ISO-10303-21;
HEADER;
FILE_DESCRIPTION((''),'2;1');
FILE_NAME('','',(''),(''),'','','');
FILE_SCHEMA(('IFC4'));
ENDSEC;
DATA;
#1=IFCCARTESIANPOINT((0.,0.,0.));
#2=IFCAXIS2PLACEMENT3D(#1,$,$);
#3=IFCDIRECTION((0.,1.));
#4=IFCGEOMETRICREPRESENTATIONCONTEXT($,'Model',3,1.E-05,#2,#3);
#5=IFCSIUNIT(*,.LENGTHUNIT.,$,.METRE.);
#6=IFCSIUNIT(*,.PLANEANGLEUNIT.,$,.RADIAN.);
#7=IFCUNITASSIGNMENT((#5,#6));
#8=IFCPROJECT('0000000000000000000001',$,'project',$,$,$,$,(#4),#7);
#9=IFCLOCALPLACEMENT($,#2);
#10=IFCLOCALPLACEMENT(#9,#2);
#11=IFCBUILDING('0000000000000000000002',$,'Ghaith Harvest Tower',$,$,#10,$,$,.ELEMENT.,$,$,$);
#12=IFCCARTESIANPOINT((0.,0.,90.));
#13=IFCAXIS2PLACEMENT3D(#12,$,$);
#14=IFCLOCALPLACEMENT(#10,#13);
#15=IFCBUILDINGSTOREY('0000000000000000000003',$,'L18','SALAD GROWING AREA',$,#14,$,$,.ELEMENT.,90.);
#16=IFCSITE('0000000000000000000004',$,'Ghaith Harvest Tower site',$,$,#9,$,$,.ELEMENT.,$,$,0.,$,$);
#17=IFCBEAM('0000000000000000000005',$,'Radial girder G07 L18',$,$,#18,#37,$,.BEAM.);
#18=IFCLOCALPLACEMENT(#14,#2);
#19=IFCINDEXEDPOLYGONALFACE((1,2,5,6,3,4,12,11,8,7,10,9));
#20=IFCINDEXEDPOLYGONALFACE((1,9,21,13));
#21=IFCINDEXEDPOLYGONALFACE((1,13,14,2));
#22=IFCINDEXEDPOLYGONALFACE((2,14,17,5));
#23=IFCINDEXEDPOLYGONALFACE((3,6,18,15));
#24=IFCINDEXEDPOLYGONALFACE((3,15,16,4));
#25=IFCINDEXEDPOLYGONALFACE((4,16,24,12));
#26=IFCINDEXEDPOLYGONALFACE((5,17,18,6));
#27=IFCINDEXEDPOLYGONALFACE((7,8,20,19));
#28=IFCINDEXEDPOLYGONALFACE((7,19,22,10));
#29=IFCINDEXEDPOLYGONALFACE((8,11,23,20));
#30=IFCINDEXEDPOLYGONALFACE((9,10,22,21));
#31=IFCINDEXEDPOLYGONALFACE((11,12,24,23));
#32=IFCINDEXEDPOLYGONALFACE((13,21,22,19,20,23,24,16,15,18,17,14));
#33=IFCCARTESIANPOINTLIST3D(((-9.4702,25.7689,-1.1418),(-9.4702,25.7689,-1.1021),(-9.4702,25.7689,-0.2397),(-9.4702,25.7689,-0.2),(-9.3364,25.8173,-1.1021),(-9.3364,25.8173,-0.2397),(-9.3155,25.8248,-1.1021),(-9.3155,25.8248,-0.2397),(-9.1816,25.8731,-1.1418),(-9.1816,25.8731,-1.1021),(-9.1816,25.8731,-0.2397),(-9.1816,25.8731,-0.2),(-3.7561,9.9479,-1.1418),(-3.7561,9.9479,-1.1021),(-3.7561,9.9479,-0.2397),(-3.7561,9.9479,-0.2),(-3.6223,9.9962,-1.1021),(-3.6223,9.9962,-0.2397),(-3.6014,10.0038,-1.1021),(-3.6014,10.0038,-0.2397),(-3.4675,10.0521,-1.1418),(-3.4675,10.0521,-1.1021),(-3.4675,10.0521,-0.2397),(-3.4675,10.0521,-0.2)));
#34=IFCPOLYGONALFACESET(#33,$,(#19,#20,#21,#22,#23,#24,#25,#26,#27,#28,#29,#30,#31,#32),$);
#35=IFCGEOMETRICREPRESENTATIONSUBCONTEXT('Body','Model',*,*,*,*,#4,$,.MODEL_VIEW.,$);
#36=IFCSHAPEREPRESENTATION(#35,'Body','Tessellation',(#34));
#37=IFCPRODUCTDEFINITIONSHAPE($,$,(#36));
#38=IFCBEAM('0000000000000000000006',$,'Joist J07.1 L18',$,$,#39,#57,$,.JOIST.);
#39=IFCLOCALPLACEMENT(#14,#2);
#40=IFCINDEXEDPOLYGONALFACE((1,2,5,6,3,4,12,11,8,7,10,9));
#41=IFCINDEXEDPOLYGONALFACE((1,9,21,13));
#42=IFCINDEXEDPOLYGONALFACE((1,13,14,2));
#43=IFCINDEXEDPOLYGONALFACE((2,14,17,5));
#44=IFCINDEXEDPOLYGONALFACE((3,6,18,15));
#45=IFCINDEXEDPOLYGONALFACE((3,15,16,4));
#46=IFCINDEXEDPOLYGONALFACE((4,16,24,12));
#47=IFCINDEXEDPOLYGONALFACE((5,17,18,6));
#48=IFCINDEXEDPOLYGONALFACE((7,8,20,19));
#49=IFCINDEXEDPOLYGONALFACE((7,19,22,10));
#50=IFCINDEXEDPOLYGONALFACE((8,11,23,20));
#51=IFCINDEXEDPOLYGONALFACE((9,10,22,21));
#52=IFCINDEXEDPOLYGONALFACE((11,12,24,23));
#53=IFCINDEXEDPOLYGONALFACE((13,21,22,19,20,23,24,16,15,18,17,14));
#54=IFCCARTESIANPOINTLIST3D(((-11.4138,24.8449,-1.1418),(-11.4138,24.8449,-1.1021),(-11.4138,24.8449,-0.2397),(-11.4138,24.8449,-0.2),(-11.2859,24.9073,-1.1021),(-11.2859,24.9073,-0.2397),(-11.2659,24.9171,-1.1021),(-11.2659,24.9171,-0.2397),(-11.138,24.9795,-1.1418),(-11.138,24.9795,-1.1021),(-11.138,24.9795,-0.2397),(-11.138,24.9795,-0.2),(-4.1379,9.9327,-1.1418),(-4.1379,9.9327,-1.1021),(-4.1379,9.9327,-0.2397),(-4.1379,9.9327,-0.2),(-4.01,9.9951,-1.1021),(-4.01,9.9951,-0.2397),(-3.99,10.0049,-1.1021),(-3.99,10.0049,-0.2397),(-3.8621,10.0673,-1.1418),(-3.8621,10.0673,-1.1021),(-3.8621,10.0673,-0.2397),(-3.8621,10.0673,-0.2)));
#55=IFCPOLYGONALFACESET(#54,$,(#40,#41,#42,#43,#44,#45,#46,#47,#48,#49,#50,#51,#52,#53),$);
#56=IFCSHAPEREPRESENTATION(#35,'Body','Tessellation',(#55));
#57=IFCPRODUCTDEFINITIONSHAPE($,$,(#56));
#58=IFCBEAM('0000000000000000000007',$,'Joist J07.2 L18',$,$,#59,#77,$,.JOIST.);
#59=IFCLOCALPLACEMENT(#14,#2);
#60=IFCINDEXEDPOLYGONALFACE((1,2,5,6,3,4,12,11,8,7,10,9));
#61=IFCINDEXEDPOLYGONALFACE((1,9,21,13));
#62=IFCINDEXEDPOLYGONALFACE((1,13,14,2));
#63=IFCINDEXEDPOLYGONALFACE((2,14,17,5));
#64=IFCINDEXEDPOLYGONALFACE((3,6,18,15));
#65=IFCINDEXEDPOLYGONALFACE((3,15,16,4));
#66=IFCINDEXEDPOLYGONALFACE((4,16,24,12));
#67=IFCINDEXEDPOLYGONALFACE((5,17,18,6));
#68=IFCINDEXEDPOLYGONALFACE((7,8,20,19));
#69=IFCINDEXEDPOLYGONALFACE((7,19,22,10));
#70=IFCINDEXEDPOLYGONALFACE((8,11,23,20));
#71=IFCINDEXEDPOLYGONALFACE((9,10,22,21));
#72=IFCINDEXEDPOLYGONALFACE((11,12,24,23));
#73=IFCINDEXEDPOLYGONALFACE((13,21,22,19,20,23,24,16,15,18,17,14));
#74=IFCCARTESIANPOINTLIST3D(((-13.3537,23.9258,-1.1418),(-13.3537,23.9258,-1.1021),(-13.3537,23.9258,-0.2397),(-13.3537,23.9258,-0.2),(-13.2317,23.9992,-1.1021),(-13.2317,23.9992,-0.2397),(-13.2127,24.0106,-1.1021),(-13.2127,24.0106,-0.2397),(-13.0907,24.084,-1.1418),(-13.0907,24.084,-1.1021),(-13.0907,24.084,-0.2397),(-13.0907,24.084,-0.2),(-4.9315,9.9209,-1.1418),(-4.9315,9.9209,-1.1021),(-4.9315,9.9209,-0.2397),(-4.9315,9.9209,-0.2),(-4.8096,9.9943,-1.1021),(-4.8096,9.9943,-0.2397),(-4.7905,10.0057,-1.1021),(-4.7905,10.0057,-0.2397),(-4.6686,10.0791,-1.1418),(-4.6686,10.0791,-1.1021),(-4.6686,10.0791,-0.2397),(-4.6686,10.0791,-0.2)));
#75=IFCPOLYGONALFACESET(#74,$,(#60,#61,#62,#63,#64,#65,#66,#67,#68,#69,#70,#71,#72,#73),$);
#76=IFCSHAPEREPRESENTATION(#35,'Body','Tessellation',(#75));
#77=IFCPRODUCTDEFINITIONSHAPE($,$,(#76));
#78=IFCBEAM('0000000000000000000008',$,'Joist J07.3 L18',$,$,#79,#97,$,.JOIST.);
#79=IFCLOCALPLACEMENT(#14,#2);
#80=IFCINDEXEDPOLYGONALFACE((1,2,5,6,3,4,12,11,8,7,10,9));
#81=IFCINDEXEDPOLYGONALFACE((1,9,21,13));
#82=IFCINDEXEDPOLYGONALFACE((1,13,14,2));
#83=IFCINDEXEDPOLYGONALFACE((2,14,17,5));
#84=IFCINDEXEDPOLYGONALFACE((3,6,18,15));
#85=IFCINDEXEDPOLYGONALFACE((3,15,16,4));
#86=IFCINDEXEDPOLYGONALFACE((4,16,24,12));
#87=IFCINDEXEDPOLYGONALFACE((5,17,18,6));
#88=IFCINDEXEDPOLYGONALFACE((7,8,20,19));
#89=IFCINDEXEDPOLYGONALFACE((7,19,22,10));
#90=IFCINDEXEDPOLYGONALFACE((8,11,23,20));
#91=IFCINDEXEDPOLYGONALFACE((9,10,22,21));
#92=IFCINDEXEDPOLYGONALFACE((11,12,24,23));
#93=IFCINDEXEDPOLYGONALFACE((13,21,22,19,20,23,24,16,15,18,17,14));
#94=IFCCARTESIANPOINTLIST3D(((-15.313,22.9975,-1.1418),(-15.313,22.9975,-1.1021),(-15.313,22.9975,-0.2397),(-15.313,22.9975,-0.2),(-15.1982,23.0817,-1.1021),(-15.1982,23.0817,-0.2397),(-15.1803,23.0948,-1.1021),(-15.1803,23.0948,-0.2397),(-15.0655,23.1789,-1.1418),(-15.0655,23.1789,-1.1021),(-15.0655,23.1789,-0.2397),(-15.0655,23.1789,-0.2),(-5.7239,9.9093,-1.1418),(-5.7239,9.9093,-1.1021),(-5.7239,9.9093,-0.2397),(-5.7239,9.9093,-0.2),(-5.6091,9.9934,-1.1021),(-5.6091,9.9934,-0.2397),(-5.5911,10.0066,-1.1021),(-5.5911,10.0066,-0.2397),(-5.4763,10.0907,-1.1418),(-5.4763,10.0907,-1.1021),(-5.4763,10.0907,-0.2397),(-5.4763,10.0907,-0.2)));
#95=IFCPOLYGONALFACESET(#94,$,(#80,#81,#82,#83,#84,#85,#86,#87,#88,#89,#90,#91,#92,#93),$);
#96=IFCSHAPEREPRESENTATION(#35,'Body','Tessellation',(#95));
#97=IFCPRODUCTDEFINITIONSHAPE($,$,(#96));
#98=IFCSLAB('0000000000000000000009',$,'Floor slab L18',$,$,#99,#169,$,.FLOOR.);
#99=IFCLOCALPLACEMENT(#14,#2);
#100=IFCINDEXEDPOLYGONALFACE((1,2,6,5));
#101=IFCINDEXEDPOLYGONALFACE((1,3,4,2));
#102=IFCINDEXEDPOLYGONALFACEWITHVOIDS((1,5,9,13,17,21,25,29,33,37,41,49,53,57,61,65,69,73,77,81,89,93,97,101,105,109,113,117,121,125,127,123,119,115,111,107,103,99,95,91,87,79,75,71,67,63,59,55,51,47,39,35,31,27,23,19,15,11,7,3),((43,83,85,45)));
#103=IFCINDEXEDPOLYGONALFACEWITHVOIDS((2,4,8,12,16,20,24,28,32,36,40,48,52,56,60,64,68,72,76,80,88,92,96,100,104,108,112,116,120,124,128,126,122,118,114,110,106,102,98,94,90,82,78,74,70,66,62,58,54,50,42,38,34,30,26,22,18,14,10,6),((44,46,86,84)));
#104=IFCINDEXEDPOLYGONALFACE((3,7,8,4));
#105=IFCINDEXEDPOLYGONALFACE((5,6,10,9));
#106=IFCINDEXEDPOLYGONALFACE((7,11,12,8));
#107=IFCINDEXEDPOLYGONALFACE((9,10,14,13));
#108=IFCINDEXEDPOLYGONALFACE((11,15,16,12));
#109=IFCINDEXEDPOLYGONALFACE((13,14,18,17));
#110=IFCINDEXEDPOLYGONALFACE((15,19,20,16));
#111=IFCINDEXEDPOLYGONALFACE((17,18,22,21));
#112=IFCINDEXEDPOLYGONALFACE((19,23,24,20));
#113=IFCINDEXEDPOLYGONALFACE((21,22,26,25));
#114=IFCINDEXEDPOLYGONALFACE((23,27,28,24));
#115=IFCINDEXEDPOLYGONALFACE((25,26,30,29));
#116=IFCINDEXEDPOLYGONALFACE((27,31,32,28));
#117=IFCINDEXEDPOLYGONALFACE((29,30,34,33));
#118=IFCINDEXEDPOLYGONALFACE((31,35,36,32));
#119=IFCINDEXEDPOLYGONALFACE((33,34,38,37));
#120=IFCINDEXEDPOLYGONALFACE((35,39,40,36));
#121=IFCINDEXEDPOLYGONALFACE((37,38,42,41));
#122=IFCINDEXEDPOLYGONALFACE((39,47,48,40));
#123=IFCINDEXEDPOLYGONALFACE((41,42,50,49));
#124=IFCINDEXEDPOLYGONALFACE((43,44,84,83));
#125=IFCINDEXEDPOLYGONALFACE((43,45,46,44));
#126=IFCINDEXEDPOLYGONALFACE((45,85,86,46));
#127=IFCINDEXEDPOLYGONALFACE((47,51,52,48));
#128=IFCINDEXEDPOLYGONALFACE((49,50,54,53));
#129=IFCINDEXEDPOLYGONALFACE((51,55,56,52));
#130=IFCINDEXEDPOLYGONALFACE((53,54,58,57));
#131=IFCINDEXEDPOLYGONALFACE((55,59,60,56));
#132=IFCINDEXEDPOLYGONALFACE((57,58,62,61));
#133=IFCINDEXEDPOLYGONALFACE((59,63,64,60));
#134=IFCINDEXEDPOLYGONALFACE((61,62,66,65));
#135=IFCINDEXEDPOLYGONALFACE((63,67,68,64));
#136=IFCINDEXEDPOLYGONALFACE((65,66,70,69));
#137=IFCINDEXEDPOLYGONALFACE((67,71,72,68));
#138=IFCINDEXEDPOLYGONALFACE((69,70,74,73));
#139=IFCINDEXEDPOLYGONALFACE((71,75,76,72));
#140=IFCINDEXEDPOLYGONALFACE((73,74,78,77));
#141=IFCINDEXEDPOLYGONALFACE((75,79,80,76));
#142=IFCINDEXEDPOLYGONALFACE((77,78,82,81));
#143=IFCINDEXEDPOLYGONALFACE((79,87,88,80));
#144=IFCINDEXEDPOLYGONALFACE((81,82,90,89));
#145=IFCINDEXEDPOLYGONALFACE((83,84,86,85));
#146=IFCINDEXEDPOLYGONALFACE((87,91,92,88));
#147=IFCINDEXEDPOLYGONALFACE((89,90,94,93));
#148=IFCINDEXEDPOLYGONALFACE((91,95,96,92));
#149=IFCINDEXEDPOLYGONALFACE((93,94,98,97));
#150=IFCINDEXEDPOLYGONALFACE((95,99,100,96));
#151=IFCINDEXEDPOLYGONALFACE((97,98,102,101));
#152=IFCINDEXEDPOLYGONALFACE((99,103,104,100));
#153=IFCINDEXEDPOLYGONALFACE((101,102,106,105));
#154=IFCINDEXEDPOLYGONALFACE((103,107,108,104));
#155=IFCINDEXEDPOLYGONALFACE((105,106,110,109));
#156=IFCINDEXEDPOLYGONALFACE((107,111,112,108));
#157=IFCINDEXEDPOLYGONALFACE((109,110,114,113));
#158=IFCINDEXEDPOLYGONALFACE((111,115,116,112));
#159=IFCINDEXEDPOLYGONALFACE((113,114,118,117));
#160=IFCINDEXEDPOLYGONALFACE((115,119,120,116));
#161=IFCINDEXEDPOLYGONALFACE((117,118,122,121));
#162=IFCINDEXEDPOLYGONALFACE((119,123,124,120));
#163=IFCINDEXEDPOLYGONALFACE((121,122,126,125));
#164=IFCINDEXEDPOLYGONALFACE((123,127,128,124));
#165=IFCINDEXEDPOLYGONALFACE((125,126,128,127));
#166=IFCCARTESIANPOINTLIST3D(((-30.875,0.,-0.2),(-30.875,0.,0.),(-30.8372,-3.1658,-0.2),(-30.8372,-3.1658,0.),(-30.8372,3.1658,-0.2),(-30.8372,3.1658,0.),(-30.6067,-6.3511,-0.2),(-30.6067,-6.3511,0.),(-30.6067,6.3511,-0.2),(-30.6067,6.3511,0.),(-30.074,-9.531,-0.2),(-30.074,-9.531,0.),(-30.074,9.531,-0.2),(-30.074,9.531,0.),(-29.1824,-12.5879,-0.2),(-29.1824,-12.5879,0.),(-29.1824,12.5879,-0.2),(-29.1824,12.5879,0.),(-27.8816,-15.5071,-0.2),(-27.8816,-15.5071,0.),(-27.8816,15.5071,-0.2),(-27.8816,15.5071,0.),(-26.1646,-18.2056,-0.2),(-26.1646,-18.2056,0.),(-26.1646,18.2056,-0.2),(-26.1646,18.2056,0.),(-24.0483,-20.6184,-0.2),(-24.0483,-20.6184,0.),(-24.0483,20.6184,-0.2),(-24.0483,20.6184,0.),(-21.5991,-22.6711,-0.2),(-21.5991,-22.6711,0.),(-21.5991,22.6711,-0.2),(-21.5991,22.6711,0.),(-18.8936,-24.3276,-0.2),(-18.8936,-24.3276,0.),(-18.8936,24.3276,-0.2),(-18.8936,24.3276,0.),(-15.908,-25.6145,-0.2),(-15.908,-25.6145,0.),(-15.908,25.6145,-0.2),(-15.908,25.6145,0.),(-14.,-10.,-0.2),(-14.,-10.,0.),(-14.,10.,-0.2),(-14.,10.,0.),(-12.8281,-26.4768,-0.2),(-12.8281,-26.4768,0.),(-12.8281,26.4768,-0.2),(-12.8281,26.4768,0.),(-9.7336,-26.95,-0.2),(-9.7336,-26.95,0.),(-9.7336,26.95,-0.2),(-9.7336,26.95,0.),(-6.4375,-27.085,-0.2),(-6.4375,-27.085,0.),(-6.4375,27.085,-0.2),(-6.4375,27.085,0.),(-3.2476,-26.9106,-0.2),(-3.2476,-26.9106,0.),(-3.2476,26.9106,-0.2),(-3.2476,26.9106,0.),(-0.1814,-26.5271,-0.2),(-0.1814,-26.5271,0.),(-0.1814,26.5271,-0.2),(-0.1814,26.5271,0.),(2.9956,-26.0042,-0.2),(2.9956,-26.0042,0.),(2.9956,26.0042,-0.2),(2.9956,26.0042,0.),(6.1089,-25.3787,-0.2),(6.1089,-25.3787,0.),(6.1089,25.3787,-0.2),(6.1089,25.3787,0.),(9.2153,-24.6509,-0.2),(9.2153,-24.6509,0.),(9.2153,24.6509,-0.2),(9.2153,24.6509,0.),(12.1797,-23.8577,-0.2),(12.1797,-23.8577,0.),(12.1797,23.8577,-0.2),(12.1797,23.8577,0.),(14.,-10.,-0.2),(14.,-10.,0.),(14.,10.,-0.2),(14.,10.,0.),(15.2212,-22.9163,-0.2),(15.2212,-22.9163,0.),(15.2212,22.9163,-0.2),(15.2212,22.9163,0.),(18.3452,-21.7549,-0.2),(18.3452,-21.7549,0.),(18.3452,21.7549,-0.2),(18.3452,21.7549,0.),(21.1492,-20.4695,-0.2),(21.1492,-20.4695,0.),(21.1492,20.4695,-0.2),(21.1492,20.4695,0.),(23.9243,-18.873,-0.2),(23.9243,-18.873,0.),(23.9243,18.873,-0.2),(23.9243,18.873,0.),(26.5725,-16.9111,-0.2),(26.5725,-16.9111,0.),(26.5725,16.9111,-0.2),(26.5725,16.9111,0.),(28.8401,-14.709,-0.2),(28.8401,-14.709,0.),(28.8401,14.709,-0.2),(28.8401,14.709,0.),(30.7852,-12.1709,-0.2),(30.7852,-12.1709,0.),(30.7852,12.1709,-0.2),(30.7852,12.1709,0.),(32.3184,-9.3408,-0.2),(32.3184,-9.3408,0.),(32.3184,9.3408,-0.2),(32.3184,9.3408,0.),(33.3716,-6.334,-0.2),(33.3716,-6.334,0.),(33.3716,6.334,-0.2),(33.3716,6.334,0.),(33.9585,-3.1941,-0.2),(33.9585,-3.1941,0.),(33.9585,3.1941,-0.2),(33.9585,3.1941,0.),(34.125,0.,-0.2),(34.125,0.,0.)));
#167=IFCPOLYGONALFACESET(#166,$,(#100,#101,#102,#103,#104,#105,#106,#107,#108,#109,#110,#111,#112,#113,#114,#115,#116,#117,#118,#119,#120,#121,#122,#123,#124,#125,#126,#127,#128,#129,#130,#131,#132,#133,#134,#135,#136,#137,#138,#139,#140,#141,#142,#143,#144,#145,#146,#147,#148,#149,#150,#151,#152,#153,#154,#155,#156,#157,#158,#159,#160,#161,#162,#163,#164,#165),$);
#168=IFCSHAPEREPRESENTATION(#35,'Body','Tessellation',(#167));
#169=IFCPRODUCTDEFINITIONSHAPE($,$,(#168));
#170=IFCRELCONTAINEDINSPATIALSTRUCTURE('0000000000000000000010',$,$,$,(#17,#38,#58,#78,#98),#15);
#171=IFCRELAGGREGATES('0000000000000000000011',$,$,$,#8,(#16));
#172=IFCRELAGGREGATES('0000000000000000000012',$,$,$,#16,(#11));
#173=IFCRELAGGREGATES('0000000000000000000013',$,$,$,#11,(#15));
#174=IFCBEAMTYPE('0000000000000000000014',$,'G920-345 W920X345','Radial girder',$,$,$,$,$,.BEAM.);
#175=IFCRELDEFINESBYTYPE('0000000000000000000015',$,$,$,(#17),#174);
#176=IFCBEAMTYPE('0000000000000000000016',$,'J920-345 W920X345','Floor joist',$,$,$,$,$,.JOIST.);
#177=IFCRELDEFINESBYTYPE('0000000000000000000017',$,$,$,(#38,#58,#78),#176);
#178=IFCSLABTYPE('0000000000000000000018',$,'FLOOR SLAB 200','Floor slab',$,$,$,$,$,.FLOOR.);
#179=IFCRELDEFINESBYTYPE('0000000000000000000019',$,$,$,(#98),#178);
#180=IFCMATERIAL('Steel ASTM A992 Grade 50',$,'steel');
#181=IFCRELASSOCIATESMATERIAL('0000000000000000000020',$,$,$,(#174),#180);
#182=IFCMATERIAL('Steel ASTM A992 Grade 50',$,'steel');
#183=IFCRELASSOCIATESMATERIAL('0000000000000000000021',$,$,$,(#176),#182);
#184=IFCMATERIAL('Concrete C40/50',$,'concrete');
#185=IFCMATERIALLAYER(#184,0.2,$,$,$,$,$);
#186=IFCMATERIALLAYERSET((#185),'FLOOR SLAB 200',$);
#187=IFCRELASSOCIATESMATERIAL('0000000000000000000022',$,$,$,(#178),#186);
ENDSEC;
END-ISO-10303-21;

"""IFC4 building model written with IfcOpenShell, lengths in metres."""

from ifc_helpers import new_model, si_unit, direction, frame, origin, origin_2d, place, context, subcontext, project, spatial, polyline, i_section, outline, extrude, material, layer, layer_set, material_profile, profile_set, type_object, element, save


model = new_model("IFC4")

# Units and contexts
model_context = context("Model", 3, precision=1e-05, world=origin(), true_north=direction((0.0, 1.0)))
body_context = subcontext(model_context, "Body", "Model", "MODEL_VIEW")
ifc_project = project(units=[si_unit("LENGTHUNIT", "METRE"), si_unit("PLANEANGLEUNIT", "RADIAN")], contexts=[model_context])

# Site, building, storey
site_placement = place(None, origin())
site = spatial("IfcSite", under=ifc_project, at=site_placement, Name="Ghaith Harvest Tower site", CompositionType="ELEMENT", RefElevation=0.0)
building_placement = place(site_placement, origin())
building = spatial("IfcBuilding", under=site, at=building_placement, Name="Ghaith Harvest Tower", CompositionType="ELEMENT")
storey_placement = place(building_placement, frame((0.0, 0.0, 90.0)))
storey = spatial("IfcBuildingStorey", under=building, at=storey_placement, Name="L18", Description="SALAD GROWING AREA", CompositionType="ELEMENT", Elevation=90.0)

# Beams
ifc_material_1 = material(Name="Steel ASTM A992 Grade 50", Category="steel")
ifc_material_profile_1 = material_profile(ifc_material_1, i_section(OverallWidth=0.3069, OverallDepth=0.9419, WebThickness=0.0222, FlangeThickness=0.0398, at=origin_2d()), Name="W920X345")
ifc_profile_set_1 = profile_set([ifc_material_profile_1], Name="Steel ASTM A992 Grade 50")
beam_type_1 = type_object("IfcBeamType", Name="G920-345 W920X345", Description="Radial girder", PredefinedType="BEAM", material=ifc_profile_set_1)
beam_1_placement = place(storey_placement, frame((-3.6118, 10.0, -0.6709), z_axis=(-0.339695, 0.940536, 0.0), x_axis=(-0.940536, -0.339695, 0.0)))
element("IfcBeam", 1, at=beam_1_placement, inside=storey, type_object=beam_type_1, Name="Radial girder G07 L18", PredefinedType="BEAM", context=body_context, shape_type="SweptSolid", body=[
    extrude(i_section(OverallWidth=0.3069, OverallDepth=0.9419, WebThickness=0.0222, FlangeThickness=0.0398, at=origin_2d()), origin(), (0.0, 0.0, 1.0), 16.8213),
])
ifc_material_2 = material(Name="Steel ASTM A992 Grade 50", Category="steel")
ifc_material_profile_2 = material_profile(ifc_material_2, i_section(OverallWidth=0.3069, OverallDepth=0.9419, WebThickness=0.0222, FlangeThickness=0.0398, at=origin_2d()), Name="W920X345")
ifc_profile_set_2 = profile_set([ifc_material_profile_2], Name="Steel ASTM A992 Grade 50")
beam_type_2 = type_object("IfcBeamType", Name="J920-345 W920X345", Description="Floor joist", PredefinedType="JOIST", material=ifc_profile_set_2)
beam_2_placement = place(storey_placement, frame((-4.0, 10.0, -0.6709), z_axis=(-0.438505, 0.898729, 0.0), x_axis=(-0.898729, -0.438505, 0.0)))
element("IfcBeam", 2, at=beam_2_placement, inside=storey, type_object=beam_type_2, Name="Joist J07.1 L18", PredefinedType="JOIST", context=body_context, shape_type="SweptSolid", body=[
    extrude(i_section(OverallWidth=0.3069, OverallDepth=0.9419, WebThickness=0.0222, FlangeThickness=0.0398, at=origin_2d()), origin(), (0.0, 0.0, 1.0), 16.5925),
])
beam_3_placement = place(storey_placement, frame((-4.8, 10.0, -0.6709), z_axis=(-0.515359, 0.856974, 0.0), x_axis=(-0.856974, -0.515359, 0.0)))
element("IfcBeam", 3, at=beam_3_placement, inside=storey, type_object=beam_type_2, Name="Joist J07.2 L18", PredefinedType="JOIST", context=body_context, shape_type="SweptSolid", body=[
    extrude(i_section(OverallWidth=0.3069, OverallDepth=0.9419, WebThickness=0.0222, FlangeThickness=0.0398, at=origin_2d()), origin(), (0.0, 0.0, 1.0), 16.3423),
])
beam_4_placement = place(storey_placement, frame((-5.6001, 10.0, -0.6709), z_axis=(-0.591009, 0.806665, 0.0), x_axis=(-0.806665, -0.591009, 0.0)))
element("IfcBeam", 4, at=beam_4_placement, inside=storey, type_object=beam_type_2, Name="Joist J07.3 L18", PredefinedType="JOIST", context=body_context, shape_type="SweptSolid", body=[
    extrude(i_section(OverallWidth=0.3069, OverallDepth=0.9419, WebThickness=0.0222, FlangeThickness=0.0398, at=origin_2d()), origin(), (0.0, 0.0, 1.0), 16.2251),
])

# Slab
ifc_material_3 = material(Name="Concrete C40/50", Category="concrete")
ifc_layer_1 = layer(ifc_material_3, 0.2)
ifc_layer_set_1 = layer_set([ifc_layer_1], Name="FLOOR SLAB 200")
slab_type_1 = type_object("IfcSlabType", Name="FLOOR SLAB 200", Description="Floor slab", PredefinedType="FLOOR", material=ifc_layer_set_1)
slab_1_placement = place(storey_placement, frame((0.0, 0.0, -0.2)))
element("IfcSlab", 5, at=slab_1_placement, inside=storey, type_object=slab_type_1, Name="Floor slab L18", PredefinedType="FLOOR", context=body_context, shape_type="SweptSolid", body=[
    extrude(outline(polyline([(34.125, 0.0), (33.9585, 3.1941), (33.3716, 6.334), (32.3184, 9.3408), (30.7852, 12.1709), (28.8401, 14.709), (26.5725, 16.9111), (23.9243, 18.873), (21.1492, 20.4695), (18.3452, 21.7549), (15.2212, 22.9163), (12.1797, 23.8577), (9.2153, 24.6509), (6.1089, 25.3787), (2.9956, 26.0042), (-0.1814, 26.5271), (-3.2476, 26.9106), (-6.4375, 27.085), (-9.7336, 26.95), (-12.8281, 26.4768), (-15.908, 25.6145), (-18.8936, 24.3276), (-21.5991, 22.6711), (-24.0483, 20.6184), (-26.1646, 18.2056), (-27.8816, 15.5071), (-29.1824, 12.5879), (-30.074, 9.531), (-30.6067, 6.3511), (-30.8372, 3.1658), (-30.875, 0.0), (-30.8372, -3.1658), (-30.6067, -6.3511), (-30.074, -9.531), (-29.1824, -12.5879), (-27.8816, -15.5071), (-26.1646, -18.2056), (-24.0483, -20.6184), (-21.5991, -22.6711), (-18.8936, -24.3276), (-15.908, -25.6145), (-12.8281, -26.4768), (-9.7336, -26.95), (-6.4375, -27.085), (-3.2476, -26.9106), (-0.1814, -26.5271), (2.9956, -26.0042), (6.1089, -25.3787), (9.2153, -24.6509), (12.1797, -23.8577), (15.2212, -22.9163), (18.3452, -21.7549), (21.1492, -20.4695), (23.9243, -18.873), (26.5725, -16.9111), (28.8401, -14.709), (30.7852, -12.1709), (32.3184, -9.3408), (33.3716, -6.334), (33.9585, -3.1941), (34.125, 0.0)]), holes=[polyline([(-14.0, -10.0), (14.0, -10.0), (14.0, 10.0), (-14.0, 10.0), (-14.0, -10.0)])]), origin(), (0.0, 0.0, 1.0), 0.2),
])

save(model, "model.ifc")
